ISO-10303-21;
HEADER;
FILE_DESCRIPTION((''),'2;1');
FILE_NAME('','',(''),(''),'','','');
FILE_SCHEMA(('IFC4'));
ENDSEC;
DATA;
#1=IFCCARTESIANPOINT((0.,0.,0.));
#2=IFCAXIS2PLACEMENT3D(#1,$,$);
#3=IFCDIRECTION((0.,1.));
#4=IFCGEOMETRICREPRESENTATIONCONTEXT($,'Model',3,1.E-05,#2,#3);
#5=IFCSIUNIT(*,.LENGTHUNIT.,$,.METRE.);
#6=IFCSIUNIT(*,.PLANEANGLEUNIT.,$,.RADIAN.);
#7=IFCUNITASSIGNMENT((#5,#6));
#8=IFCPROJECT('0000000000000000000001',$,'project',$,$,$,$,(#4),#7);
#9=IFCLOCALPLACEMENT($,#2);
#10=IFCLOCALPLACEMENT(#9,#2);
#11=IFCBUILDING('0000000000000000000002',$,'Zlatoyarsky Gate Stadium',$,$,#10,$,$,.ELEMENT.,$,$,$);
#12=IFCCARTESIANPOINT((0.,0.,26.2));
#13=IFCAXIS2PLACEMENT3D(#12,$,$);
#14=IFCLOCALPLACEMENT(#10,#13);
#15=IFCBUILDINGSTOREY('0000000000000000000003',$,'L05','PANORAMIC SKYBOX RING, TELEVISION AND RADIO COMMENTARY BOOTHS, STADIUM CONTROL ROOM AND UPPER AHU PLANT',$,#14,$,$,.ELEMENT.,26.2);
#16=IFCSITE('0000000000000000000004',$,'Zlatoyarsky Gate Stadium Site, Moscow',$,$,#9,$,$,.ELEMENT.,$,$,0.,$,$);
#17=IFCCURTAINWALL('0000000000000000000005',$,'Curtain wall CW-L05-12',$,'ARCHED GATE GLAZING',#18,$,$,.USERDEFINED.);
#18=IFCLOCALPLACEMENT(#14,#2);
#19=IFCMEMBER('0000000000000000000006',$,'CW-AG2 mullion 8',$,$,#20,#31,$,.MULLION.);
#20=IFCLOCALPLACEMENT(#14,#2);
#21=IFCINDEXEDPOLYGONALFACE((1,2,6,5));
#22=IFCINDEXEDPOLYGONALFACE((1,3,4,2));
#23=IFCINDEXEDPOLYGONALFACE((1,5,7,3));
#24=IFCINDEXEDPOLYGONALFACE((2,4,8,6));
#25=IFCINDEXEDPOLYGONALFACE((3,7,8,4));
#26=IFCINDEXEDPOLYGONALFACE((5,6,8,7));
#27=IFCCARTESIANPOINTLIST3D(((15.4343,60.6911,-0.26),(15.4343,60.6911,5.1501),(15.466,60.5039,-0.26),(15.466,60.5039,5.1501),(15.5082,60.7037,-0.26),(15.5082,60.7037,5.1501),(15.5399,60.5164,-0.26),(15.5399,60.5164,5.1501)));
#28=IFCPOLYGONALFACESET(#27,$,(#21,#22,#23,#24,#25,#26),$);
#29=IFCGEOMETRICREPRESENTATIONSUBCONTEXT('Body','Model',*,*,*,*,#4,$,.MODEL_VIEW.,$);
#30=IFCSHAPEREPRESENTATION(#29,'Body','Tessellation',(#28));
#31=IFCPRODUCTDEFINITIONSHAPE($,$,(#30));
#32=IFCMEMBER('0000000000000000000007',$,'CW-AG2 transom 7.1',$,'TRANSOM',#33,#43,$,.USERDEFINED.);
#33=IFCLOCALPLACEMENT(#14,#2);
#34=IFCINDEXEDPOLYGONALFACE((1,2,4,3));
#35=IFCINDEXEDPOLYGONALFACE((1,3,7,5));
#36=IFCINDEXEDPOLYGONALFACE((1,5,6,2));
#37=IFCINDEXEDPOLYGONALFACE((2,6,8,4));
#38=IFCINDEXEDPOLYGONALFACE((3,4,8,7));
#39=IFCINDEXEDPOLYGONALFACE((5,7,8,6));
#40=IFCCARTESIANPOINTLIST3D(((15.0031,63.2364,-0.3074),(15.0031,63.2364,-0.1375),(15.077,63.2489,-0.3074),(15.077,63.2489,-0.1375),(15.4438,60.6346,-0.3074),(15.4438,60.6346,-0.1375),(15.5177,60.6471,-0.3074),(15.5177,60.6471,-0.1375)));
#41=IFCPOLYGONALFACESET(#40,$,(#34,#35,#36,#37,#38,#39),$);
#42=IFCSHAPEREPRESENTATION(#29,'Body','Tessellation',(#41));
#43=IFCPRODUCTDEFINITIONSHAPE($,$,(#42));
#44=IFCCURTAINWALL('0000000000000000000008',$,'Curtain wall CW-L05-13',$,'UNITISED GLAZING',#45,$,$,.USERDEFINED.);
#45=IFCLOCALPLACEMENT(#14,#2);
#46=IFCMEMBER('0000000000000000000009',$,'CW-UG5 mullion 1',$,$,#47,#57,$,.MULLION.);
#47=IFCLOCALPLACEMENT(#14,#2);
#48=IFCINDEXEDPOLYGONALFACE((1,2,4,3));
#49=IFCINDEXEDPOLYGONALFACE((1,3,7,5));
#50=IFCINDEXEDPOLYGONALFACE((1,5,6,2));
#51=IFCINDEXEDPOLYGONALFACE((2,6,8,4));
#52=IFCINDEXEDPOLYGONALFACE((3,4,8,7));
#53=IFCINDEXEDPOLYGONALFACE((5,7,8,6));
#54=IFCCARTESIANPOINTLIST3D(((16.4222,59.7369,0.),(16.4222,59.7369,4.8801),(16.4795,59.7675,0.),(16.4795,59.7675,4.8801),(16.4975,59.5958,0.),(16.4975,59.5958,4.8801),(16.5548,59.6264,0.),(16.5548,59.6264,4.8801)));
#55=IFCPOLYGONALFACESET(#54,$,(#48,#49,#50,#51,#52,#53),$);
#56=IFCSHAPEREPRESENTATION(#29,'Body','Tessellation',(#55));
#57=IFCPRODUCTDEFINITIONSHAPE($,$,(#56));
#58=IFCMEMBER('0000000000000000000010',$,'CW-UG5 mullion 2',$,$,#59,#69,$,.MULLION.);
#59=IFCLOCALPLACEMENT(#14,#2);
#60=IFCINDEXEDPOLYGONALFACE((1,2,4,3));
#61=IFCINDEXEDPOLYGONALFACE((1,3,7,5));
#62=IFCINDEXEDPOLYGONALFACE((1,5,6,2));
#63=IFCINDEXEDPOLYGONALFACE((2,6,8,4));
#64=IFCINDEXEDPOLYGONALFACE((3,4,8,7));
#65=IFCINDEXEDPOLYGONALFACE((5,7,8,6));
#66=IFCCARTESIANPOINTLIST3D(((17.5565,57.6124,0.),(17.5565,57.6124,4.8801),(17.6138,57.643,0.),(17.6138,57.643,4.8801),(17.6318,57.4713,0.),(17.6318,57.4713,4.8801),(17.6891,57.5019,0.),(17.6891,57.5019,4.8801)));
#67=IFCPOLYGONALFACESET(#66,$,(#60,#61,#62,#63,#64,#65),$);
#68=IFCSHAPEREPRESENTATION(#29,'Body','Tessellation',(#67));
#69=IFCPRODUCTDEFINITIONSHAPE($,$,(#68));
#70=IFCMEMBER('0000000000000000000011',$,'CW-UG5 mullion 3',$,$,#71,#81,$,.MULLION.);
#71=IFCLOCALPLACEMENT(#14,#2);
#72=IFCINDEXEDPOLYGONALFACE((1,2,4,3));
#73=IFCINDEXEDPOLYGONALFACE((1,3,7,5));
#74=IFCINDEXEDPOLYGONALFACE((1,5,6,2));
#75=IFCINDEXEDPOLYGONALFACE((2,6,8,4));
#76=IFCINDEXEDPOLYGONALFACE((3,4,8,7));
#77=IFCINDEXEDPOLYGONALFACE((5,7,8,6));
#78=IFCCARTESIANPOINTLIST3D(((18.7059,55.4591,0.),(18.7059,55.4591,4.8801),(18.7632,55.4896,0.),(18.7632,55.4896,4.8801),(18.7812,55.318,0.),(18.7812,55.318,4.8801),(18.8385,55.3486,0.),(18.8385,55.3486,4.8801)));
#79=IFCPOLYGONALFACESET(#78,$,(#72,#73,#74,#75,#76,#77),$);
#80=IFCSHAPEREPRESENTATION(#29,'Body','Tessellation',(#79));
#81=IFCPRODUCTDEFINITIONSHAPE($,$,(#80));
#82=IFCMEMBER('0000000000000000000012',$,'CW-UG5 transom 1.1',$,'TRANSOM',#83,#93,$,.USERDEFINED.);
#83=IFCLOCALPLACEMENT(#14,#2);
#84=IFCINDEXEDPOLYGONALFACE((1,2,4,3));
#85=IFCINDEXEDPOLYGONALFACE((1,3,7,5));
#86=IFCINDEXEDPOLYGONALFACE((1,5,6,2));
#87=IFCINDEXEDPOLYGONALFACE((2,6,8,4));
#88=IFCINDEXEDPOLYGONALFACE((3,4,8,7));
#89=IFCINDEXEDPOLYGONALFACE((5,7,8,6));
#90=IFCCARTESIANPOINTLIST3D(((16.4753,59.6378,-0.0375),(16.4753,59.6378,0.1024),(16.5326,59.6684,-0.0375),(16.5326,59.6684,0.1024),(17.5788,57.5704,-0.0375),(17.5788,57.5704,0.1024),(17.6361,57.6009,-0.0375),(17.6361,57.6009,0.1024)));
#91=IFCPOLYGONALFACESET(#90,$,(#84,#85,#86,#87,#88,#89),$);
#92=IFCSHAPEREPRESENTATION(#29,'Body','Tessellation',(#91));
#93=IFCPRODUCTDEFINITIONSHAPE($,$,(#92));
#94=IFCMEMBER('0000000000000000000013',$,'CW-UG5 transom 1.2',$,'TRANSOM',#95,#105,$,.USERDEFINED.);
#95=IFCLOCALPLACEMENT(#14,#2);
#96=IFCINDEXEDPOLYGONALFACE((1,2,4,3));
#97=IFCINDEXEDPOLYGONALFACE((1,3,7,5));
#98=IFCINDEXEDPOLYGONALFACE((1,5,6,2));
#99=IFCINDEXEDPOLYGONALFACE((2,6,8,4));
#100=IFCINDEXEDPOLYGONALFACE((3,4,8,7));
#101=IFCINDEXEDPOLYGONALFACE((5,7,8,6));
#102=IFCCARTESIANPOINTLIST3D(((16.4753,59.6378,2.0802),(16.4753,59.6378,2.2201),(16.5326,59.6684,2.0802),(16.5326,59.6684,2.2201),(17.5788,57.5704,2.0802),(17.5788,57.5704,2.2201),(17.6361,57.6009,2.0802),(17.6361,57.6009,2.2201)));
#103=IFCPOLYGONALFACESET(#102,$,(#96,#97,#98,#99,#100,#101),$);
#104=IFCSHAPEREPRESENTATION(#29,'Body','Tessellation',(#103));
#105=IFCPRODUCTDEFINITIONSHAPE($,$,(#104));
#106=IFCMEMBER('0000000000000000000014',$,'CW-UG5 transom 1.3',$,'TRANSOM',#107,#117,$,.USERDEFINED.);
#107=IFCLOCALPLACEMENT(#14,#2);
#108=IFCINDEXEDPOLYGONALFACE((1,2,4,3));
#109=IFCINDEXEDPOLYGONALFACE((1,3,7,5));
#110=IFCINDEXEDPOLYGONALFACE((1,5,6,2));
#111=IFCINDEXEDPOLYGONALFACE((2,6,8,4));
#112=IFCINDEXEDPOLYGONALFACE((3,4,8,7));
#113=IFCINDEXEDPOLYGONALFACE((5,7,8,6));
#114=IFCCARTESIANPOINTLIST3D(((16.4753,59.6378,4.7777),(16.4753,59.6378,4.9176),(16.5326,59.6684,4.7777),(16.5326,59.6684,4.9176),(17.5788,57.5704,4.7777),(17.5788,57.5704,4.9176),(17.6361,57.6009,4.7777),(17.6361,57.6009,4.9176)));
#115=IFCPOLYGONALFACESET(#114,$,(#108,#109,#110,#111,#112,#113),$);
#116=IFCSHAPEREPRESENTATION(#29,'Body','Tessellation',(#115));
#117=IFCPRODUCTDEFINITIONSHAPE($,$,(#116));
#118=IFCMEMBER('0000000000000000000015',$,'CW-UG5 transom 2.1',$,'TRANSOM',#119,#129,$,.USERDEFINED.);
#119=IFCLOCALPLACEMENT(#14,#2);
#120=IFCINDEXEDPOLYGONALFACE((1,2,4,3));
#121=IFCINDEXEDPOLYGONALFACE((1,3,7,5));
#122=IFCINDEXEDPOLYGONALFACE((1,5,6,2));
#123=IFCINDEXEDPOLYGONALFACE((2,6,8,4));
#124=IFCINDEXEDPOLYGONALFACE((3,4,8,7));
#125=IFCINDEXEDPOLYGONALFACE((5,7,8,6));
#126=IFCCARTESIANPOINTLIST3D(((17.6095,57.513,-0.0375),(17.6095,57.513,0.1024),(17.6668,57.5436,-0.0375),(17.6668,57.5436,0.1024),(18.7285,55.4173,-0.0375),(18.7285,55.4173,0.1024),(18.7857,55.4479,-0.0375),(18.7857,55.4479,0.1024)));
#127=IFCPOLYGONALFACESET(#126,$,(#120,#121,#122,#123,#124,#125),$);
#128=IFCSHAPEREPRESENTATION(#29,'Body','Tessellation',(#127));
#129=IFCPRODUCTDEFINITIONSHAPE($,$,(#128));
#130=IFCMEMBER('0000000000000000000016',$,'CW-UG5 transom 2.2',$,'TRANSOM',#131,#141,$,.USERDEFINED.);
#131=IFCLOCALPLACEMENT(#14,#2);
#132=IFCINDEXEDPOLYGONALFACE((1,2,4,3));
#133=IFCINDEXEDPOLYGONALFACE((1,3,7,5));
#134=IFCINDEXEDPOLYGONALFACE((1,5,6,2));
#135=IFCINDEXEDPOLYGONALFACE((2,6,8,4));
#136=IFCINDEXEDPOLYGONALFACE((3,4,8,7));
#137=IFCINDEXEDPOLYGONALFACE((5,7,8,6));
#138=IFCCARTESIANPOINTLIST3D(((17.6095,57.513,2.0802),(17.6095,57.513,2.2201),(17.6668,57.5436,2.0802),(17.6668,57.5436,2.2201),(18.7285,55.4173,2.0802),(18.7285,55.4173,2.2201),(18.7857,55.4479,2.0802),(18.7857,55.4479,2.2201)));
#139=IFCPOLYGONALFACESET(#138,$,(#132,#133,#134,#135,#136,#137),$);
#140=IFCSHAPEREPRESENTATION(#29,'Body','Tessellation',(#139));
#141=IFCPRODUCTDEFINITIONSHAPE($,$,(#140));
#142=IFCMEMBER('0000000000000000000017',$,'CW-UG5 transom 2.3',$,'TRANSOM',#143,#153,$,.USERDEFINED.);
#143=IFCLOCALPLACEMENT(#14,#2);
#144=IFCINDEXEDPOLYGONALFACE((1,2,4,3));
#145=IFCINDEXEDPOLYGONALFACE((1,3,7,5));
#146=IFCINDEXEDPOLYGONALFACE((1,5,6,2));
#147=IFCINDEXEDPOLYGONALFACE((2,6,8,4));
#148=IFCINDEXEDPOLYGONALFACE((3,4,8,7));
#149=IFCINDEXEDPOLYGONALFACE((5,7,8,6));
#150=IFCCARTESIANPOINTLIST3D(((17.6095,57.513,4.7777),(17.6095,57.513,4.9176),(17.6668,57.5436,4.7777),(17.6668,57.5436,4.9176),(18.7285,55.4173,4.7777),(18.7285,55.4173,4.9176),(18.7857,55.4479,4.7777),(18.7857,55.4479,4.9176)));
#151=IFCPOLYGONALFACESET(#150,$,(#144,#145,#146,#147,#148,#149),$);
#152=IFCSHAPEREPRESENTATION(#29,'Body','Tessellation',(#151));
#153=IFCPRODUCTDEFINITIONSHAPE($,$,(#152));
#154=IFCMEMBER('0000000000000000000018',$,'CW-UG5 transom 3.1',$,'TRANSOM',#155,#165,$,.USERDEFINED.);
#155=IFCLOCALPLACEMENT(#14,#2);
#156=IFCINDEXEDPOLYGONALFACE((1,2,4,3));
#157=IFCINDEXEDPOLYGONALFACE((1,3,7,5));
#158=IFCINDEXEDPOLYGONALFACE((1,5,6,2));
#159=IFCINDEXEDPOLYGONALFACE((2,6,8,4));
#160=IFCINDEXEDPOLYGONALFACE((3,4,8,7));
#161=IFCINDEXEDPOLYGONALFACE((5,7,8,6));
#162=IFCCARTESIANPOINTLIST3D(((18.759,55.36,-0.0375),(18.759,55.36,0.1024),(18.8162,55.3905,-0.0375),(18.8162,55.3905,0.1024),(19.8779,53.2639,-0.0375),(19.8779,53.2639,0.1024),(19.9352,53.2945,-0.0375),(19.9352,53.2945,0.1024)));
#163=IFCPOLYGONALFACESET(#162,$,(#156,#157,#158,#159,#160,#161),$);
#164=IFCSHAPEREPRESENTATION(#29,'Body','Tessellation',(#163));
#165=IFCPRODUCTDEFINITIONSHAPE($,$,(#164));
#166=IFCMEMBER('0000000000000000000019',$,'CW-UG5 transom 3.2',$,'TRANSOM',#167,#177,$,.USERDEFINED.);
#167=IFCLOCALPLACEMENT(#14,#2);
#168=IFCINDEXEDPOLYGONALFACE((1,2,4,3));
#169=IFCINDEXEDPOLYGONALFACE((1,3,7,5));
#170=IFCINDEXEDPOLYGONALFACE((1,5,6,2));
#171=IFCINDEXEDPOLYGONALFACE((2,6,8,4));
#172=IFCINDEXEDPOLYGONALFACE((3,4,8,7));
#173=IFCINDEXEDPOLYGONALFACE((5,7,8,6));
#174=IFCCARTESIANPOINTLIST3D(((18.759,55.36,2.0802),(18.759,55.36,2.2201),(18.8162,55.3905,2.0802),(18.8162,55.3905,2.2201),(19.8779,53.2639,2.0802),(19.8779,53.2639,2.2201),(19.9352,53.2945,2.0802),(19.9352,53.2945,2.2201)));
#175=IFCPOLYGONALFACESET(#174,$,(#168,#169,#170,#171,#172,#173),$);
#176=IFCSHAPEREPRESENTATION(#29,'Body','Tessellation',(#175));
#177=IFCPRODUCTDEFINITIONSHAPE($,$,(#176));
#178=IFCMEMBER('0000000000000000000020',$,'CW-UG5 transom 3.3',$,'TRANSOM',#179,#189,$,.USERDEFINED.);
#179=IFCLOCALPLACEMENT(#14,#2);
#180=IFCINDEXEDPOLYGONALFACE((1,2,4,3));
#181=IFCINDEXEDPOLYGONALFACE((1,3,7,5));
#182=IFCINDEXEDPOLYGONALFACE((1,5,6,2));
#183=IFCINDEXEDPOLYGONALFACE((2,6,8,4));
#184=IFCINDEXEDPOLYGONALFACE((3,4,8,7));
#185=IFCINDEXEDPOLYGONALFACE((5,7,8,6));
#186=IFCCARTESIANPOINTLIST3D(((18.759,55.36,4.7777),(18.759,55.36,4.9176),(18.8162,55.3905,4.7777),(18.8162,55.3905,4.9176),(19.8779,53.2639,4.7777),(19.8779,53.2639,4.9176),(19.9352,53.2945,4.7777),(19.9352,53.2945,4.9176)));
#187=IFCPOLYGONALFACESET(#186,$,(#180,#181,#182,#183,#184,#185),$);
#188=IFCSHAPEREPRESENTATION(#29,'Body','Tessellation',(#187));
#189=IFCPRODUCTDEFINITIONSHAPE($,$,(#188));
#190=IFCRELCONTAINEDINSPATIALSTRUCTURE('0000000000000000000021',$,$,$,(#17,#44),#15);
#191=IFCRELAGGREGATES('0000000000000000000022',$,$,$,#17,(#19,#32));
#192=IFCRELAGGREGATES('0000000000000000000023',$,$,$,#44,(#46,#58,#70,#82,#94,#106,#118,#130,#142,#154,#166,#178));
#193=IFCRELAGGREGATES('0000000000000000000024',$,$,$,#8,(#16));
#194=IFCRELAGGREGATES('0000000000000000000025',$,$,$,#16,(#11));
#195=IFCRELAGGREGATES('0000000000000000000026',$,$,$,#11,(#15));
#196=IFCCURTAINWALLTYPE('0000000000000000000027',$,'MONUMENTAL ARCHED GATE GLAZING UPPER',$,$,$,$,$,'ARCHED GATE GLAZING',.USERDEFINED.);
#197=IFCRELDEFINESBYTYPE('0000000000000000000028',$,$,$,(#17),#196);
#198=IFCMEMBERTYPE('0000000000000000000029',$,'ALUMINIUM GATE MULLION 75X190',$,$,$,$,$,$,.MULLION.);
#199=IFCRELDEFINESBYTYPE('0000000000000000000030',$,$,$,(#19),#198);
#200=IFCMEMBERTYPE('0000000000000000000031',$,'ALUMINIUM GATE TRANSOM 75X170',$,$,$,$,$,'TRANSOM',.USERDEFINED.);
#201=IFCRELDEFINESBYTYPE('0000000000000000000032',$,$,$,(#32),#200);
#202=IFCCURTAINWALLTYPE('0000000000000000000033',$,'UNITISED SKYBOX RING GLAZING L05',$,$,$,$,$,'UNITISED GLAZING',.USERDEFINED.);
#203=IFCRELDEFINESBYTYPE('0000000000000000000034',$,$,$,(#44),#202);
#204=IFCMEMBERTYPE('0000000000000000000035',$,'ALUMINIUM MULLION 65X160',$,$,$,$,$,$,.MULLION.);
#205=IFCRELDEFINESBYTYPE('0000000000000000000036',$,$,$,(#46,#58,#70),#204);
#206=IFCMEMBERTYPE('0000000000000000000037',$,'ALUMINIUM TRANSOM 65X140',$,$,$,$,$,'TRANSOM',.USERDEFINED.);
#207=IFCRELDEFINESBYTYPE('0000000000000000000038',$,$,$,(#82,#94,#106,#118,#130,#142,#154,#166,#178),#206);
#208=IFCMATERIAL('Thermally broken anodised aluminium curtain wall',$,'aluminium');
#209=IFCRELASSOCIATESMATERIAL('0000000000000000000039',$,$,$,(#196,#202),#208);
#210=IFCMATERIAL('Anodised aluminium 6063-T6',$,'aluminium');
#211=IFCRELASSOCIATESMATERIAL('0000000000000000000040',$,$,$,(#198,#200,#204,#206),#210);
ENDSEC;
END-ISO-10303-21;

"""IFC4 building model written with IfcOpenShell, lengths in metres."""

from ifc_helpers import new_model, si_unit, direction, frame, origin, origin_2d, place, context, subcontext, project, spatial, rectangle, extrude, material, material_profile, profile_set, type_object, element, aggregate, save


model = new_model("IFC4")

# Units and contexts
model_context = context("Model", 3, precision=1e-05, world=origin(), true_north=direction((0.0, 1.0)))
body_context = subcontext(model_context, "Body", "Model", "MODEL_VIEW")
ifc_project = project(units=[si_unit("LENGTHUNIT", "METRE"), si_unit("PLANEANGLEUNIT", "RADIAN")], contexts=[model_context])

# Site, building, storey
site_placement = place(None, origin())
site = spatial("IfcSite", under=ifc_project, at=site_placement, Name="Zlatoyarsky Gate Stadium Site, Moscow", CompositionType="ELEMENT", RefElevation=0.0)
building_placement = place(site_placement, origin())
building = spatial("IfcBuilding", under=site, at=building_placement, Name="Zlatoyarsky Gate Stadium", CompositionType="ELEMENT")
storey_placement = place(building_placement, frame((0.0, 0.0, 26.2)))
storey = spatial("IfcBuildingStorey", under=building, at=storey_placement, Name="L05", Description="PANORAMIC SKYBOX RING, TELEVISION AND RADIO COMMENTARY BOOTHS, STADIUM CONTROL ROOM AND UPPER AHU PLANT", CompositionType="ELEMENT", Elevation=26.2)

# Curtain walls, members
ifc_material_1 = material(Name="Thermally broken anodised aluminium curtain wall", Category="aluminium")
curtain_wall_type_1 = type_object("IfcCurtainWallType", Name="MONUMENTAL ARCHED GATE GLAZING UPPER", ElementType="ARCHED GATE GLAZING", PredefinedType="USERDEFINED", material=ifc_material_1)
curtain_wall_1_placement = place(storey_placement, origin())
curtain_wall_1 = element("IfcCurtainWall", 1, at=curtain_wall_1_placement, inside=storey, type_object=curtain_wall_type_1, Name="Curtain wall CW-L05-12", ObjectType="ARCHED GATE GLAZING", PredefinedType="USERDEFINED")
ifc_material_2 = material(Name="Anodised aluminium 6063-T6", Category="aluminium")
ifc_material_profile_1 = material_profile(ifc_material_2, rectangle(XDim=0.075, YDim=0.1899, at=origin_2d()), Name="ALU 75X190")
ifc_profile_set_1 = profile_set([ifc_material_profile_1], Name="Anodised aluminium 6063-T6")
member_type_1 = type_object("IfcMemberType", Name="ALUMINIUM GATE MULLION 75X190", PredefinedType="MULLION", material=ifc_profile_set_1)
member_1_placement = place(storey_placement, frame((15.4871, 60.6038, -0.26), z_axis=(0.0, 0.0, 1.0), x_axis=(0.985958, 0.166995, 0.0)))
member_1 = element("IfcMember", 2, at=member_1_placement, type_object=member_type_1, Name="CW-AG2 mullion 8", PredefinedType="MULLION", context=body_context, shape_type="SweptSolid", body=[
    extrude(rectangle(XDim=0.075, YDim=0.1899, at=origin_2d()), origin(), (0.0, 0.0, 1.0), 5.4102),
])
ifc_material_profile_2 = material_profile(ifc_material_2, rectangle(XDim=0.075, YDim=0.1699, at=origin_2d()), Name="ALU 75X170")
ifc_profile_set_2 = profile_set([ifc_material_profile_2], Name="Anodised aluminium 6063-T6")
member_type_2 = type_object("IfcMemberType", Name="ALUMINIUM GATE TRANSOM 75X170", ElementType="TRANSOM", PredefinedType="USERDEFINED", material=ifc_profile_set_2)
member_2_placement = place(storey_placement, frame((15.04, 63.2427, -0.2224), z_axis=(0.166994, -0.985958, 0.0), x_axis=(0.985958, 0.166994, 0.0)))
member_2 = element("IfcMember", 3, at=member_2_placement, type_object=member_type_2, Name="CW-AG2 transom 7.1", ObjectType="TRANSOM", PredefinedType="USERDEFINED", context=body_context, shape_type="SweptSolid", body=[
    extrude(rectangle(XDim=0.075, YDim=0.1699, at=origin_2d()), origin(), (0.0, 0.0, 1.0), 2.6389),
])
curtain_wall_type_2 = type_object("IfcCurtainWallType", Name="UNITISED SKYBOX RING GLAZING L05", ElementType="UNITISED GLAZING", PredefinedType="USERDEFINED", material=ifc_material_1)
curtain_wall_2_placement = place(storey_placement, origin())
curtain_wall_2 = element("IfcCurtainWall", 4, at=curtain_wall_2_placement, inside=storey, type_object=curtain_wall_type_2, Name="Curtain wall CW-L05-13", ObjectType="UNITISED GLAZING", PredefinedType="USERDEFINED")
ifc_material_profile_3 = material_profile(ifc_material_2, rectangle(XDim=0.0649, YDim=0.1599, at=origin_2d()), Name="ALU 65X160")
ifc_profile_set_3 = profile_set([ifc_material_profile_3], Name="Anodised aluminium 6063-T6")
member_type_3 = type_object("IfcMemberType", Name="ALUMINIUM MULLION 65X160", PredefinedType="MULLION", material=ifc_profile_set_3)
member_3_placement = place(storey_placement, frame((16.4885, 59.6816, 0.0), z_axis=(0.0, 0.0, 1.0), x_axis=(0.882167, 0.470937, 0.0)))
member_3 = element("IfcMember", 5, at=member_3_placement, type_object=member_type_3, Name="CW-UG5 mullion 1", PredefinedType="MULLION", context=body_context, shape_type="SweptSolid", body=[
    extrude(rectangle(XDim=0.0649, YDim=0.1599, at=origin_2d()), origin(), (0.0, 0.0, 1.0), 4.8801),
])
member_4_placement = place(storey_placement, frame((17.6228, 57.5571, 0.0), z_axis=(0.0, 0.0, 1.0), x_axis=(0.882167, 0.470937, 0.0)))
member_4 = element("IfcMember", 6, at=member_4_placement, type_object=member_type_3, Name="CW-UG5 mullion 2", PredefinedType="MULLION", context=body_context, shape_type="SweptSolid", body=[
    extrude(rectangle(XDim=0.0649, YDim=0.1599, at=origin_2d()), origin(), (0.0, 0.0, 1.0), 4.8801),
])
member_5_placement = place(storey_placement, frame((18.7722, 55.4038, 0.0), z_axis=(0.0, 0.0, 1.0), x_axis=(0.882167, 0.470937, 0.0)))
member_5 = element("IfcMember", 7, at=member_5_placement, type_object=member_type_3, Name="CW-UG5 mullion 3", PredefinedType="MULLION", context=body_context, shape_type="SweptSolid", body=[
    extrude(rectangle(XDim=0.0649, YDim=0.1599, at=origin_2d()), origin(), (0.0, 0.0, 1.0), 4.8801),
])
ifc_material_profile_4 = material_profile(ifc_material_2, rectangle(XDim=0.0649, YDim=0.1399, at=origin_2d()), Name="ALU 65X140")
ifc_profile_set_4 = profile_set([ifc_material_profile_4], Name="Anodised aluminium 6063-T6")
member_type_4 = type_object("IfcMemberType", Name="ALUMINIUM TRANSOM 65X140", ElementType="TRANSOM", PredefinedType="USERDEFINED", material=ifc_profile_set_4)
member_6_placement = place(storey_placement, frame((16.5039, 59.6531, 0.0325), z_axis=(0.470891, -0.882191, 0.0), x_axis=(0.882191, 0.470891, 0.0)))
member_6 = element("IfcMember", 8, at=member_6_placement, type_object=member_type_4, Name="CW-UG5 transom 1.1", ObjectType="TRANSOM", PredefinedType="USERDEFINED", context=body_context, shape_type="SweptSolid", body=[
    extrude(rectangle(XDim=0.0649, YDim=0.1399, at=origin_2d()), origin(), (0.0, 0.0, 1.0), 2.3435),
])
member_7_placement = place(storey_placement, frame((16.5039, 59.6531, 2.1501), z_axis=(0.470891, -0.882191, 0.0), x_axis=(0.882191, 0.470891, 0.0)))
member_7 = element("IfcMember", 9, at=member_7_placement, type_object=member_type_4, Name="CW-UG5 transom 1.2", ObjectType="TRANSOM", PredefinedType="USERDEFINED", context=body_context, shape_type="SweptSolid", body=[
    extrude(rectangle(XDim=0.0649, YDim=0.1399, at=origin_2d()), origin(), (0.0, 0.0, 1.0), 2.3435),
])
member_8_placement = place(storey_placement, frame((16.5039, 59.6531, 4.8477), z_axis=(0.470891, -0.882191, 0.0), x_axis=(0.882191, 0.470891, 0.0)))
member_8 = element("IfcMember", 10, at=member_8_placement, type_object=member_type_4, Name="CW-UG5 transom 1.3", ObjectType="TRANSOM", PredefinedType="USERDEFINED", context=body_context, shape_type="SweptSolid", body=[
    extrude(rectangle(XDim=0.0649, YDim=0.1399, at=origin_2d()), origin(), (0.0, 0.0, 1.0), 2.3435),
])
member_9_placement = place(storey_placement, frame((17.6382, 57.5283, 0.0325), z_axis=(0.470978, -0.882145, 0.0), x_axis=(0.882145, 0.470978, 0.0)))
member_9 = element("IfcMember", 11, at=member_9_placement, type_object=member_type_4, Name="CW-UG5 transom 2.1", ObjectType="TRANSOM", PredefinedType="USERDEFINED", context=body_context, shape_type="SweptSolid", body=[
    extrude(rectangle(XDim=0.0649, YDim=0.1399, at=origin_2d()), origin(), (0.0, 0.0, 1.0), 2.3757),
])
member_10_placement = place(storey_placement, frame((17.6382, 57.5283, 2.1501), z_axis=(0.470978, -0.882145, 0.0), x_axis=(0.882145, 0.470978, 0.0)))
member_10 = element("IfcMember", 12, at=member_10_placement, type_object=member_type_4, Name="CW-UG5 transom 2.2", ObjectType="TRANSOM", PredefinedType="USERDEFINED", context=body_context, shape_type="SweptSolid", body=[
    extrude(rectangle(XDim=0.0649, YDim=0.1399, at=origin_2d()), origin(), (0.0, 0.0, 1.0), 2.3757),
])
member_11_placement = place(storey_placement, frame((17.6382, 57.5283, 4.8477), z_axis=(0.470978, -0.882145, 0.0), x_axis=(0.882145, 0.470978, 0.0)))
member_11 = element("IfcMember", 13, at=member_11_placement, type_object=member_type_4, Name="CW-UG5 transom 2.3", ObjectType="TRANSOM", PredefinedType="USERDEFINED", context=body_context, shape_type="SweptSolid", body=[
    extrude(rectangle(XDim=0.0649, YDim=0.1399, at=origin_2d()), origin(), (0.0, 0.0, 1.0), 2.3757),
])
member_12_placement = place(storey_placement, frame((18.7876, 55.3752, 0.0325), z_axis=(0.470935, -0.882168, 0.0), x_axis=(0.882168, 0.470935, 0.0)))
member_12 = element("IfcMember", 14, at=member_12_placement, type_object=member_type_4, Name="CW-UG5 transom 3.1", ObjectType="TRANSOM", PredefinedType="USERDEFINED", context=body_context, shape_type="SweptSolid", body=[
    extrude(rectangle(XDim=0.0649, YDim=0.1399, at=origin_2d()), origin(), (0.0, 0.0, 1.0), 2.376),
])
member_13_placement = place(storey_placement, frame((18.7876, 55.3752, 2.1501), z_axis=(0.470935, -0.882168, 0.0), x_axis=(0.882168, 0.470935, 0.0)))
member_13 = element("IfcMember", 15, at=member_13_placement, type_object=member_type_4, Name="CW-UG5 transom 3.2", ObjectType="TRANSOM", PredefinedType="USERDEFINED", context=body_context, shape_type="SweptSolid", body=[
    extrude(rectangle(XDim=0.0649, YDim=0.1399, at=origin_2d()), origin(), (0.0, 0.0, 1.0), 2.376),
])
member_14_placement = place(storey_placement, frame((18.7876, 55.3752, 4.8477), z_axis=(0.470935, -0.882168, 0.0), x_axis=(0.882168, 0.470935, 0.0)))
member_14 = element("IfcMember", 16, at=member_14_placement, type_object=member_type_4, Name="CW-UG5 transom 3.3", ObjectType="TRANSOM", PredefinedType="USERDEFINED", context=body_context, shape_type="SweptSolid", body=[
    extrude(rectangle(XDim=0.0649, YDim=0.1399, at=origin_2d()), origin(), (0.0, 0.0, 1.0), 2.376),
])

aggregate(curtain_wall_1, [member_1, member_2])

aggregate(curtain_wall_2, [member_3, member_4, member_5, member_6, member_7, member_8, member_9, member_10, member_11, member_12, member_13, member_14])

save(model, "model.ifc")
